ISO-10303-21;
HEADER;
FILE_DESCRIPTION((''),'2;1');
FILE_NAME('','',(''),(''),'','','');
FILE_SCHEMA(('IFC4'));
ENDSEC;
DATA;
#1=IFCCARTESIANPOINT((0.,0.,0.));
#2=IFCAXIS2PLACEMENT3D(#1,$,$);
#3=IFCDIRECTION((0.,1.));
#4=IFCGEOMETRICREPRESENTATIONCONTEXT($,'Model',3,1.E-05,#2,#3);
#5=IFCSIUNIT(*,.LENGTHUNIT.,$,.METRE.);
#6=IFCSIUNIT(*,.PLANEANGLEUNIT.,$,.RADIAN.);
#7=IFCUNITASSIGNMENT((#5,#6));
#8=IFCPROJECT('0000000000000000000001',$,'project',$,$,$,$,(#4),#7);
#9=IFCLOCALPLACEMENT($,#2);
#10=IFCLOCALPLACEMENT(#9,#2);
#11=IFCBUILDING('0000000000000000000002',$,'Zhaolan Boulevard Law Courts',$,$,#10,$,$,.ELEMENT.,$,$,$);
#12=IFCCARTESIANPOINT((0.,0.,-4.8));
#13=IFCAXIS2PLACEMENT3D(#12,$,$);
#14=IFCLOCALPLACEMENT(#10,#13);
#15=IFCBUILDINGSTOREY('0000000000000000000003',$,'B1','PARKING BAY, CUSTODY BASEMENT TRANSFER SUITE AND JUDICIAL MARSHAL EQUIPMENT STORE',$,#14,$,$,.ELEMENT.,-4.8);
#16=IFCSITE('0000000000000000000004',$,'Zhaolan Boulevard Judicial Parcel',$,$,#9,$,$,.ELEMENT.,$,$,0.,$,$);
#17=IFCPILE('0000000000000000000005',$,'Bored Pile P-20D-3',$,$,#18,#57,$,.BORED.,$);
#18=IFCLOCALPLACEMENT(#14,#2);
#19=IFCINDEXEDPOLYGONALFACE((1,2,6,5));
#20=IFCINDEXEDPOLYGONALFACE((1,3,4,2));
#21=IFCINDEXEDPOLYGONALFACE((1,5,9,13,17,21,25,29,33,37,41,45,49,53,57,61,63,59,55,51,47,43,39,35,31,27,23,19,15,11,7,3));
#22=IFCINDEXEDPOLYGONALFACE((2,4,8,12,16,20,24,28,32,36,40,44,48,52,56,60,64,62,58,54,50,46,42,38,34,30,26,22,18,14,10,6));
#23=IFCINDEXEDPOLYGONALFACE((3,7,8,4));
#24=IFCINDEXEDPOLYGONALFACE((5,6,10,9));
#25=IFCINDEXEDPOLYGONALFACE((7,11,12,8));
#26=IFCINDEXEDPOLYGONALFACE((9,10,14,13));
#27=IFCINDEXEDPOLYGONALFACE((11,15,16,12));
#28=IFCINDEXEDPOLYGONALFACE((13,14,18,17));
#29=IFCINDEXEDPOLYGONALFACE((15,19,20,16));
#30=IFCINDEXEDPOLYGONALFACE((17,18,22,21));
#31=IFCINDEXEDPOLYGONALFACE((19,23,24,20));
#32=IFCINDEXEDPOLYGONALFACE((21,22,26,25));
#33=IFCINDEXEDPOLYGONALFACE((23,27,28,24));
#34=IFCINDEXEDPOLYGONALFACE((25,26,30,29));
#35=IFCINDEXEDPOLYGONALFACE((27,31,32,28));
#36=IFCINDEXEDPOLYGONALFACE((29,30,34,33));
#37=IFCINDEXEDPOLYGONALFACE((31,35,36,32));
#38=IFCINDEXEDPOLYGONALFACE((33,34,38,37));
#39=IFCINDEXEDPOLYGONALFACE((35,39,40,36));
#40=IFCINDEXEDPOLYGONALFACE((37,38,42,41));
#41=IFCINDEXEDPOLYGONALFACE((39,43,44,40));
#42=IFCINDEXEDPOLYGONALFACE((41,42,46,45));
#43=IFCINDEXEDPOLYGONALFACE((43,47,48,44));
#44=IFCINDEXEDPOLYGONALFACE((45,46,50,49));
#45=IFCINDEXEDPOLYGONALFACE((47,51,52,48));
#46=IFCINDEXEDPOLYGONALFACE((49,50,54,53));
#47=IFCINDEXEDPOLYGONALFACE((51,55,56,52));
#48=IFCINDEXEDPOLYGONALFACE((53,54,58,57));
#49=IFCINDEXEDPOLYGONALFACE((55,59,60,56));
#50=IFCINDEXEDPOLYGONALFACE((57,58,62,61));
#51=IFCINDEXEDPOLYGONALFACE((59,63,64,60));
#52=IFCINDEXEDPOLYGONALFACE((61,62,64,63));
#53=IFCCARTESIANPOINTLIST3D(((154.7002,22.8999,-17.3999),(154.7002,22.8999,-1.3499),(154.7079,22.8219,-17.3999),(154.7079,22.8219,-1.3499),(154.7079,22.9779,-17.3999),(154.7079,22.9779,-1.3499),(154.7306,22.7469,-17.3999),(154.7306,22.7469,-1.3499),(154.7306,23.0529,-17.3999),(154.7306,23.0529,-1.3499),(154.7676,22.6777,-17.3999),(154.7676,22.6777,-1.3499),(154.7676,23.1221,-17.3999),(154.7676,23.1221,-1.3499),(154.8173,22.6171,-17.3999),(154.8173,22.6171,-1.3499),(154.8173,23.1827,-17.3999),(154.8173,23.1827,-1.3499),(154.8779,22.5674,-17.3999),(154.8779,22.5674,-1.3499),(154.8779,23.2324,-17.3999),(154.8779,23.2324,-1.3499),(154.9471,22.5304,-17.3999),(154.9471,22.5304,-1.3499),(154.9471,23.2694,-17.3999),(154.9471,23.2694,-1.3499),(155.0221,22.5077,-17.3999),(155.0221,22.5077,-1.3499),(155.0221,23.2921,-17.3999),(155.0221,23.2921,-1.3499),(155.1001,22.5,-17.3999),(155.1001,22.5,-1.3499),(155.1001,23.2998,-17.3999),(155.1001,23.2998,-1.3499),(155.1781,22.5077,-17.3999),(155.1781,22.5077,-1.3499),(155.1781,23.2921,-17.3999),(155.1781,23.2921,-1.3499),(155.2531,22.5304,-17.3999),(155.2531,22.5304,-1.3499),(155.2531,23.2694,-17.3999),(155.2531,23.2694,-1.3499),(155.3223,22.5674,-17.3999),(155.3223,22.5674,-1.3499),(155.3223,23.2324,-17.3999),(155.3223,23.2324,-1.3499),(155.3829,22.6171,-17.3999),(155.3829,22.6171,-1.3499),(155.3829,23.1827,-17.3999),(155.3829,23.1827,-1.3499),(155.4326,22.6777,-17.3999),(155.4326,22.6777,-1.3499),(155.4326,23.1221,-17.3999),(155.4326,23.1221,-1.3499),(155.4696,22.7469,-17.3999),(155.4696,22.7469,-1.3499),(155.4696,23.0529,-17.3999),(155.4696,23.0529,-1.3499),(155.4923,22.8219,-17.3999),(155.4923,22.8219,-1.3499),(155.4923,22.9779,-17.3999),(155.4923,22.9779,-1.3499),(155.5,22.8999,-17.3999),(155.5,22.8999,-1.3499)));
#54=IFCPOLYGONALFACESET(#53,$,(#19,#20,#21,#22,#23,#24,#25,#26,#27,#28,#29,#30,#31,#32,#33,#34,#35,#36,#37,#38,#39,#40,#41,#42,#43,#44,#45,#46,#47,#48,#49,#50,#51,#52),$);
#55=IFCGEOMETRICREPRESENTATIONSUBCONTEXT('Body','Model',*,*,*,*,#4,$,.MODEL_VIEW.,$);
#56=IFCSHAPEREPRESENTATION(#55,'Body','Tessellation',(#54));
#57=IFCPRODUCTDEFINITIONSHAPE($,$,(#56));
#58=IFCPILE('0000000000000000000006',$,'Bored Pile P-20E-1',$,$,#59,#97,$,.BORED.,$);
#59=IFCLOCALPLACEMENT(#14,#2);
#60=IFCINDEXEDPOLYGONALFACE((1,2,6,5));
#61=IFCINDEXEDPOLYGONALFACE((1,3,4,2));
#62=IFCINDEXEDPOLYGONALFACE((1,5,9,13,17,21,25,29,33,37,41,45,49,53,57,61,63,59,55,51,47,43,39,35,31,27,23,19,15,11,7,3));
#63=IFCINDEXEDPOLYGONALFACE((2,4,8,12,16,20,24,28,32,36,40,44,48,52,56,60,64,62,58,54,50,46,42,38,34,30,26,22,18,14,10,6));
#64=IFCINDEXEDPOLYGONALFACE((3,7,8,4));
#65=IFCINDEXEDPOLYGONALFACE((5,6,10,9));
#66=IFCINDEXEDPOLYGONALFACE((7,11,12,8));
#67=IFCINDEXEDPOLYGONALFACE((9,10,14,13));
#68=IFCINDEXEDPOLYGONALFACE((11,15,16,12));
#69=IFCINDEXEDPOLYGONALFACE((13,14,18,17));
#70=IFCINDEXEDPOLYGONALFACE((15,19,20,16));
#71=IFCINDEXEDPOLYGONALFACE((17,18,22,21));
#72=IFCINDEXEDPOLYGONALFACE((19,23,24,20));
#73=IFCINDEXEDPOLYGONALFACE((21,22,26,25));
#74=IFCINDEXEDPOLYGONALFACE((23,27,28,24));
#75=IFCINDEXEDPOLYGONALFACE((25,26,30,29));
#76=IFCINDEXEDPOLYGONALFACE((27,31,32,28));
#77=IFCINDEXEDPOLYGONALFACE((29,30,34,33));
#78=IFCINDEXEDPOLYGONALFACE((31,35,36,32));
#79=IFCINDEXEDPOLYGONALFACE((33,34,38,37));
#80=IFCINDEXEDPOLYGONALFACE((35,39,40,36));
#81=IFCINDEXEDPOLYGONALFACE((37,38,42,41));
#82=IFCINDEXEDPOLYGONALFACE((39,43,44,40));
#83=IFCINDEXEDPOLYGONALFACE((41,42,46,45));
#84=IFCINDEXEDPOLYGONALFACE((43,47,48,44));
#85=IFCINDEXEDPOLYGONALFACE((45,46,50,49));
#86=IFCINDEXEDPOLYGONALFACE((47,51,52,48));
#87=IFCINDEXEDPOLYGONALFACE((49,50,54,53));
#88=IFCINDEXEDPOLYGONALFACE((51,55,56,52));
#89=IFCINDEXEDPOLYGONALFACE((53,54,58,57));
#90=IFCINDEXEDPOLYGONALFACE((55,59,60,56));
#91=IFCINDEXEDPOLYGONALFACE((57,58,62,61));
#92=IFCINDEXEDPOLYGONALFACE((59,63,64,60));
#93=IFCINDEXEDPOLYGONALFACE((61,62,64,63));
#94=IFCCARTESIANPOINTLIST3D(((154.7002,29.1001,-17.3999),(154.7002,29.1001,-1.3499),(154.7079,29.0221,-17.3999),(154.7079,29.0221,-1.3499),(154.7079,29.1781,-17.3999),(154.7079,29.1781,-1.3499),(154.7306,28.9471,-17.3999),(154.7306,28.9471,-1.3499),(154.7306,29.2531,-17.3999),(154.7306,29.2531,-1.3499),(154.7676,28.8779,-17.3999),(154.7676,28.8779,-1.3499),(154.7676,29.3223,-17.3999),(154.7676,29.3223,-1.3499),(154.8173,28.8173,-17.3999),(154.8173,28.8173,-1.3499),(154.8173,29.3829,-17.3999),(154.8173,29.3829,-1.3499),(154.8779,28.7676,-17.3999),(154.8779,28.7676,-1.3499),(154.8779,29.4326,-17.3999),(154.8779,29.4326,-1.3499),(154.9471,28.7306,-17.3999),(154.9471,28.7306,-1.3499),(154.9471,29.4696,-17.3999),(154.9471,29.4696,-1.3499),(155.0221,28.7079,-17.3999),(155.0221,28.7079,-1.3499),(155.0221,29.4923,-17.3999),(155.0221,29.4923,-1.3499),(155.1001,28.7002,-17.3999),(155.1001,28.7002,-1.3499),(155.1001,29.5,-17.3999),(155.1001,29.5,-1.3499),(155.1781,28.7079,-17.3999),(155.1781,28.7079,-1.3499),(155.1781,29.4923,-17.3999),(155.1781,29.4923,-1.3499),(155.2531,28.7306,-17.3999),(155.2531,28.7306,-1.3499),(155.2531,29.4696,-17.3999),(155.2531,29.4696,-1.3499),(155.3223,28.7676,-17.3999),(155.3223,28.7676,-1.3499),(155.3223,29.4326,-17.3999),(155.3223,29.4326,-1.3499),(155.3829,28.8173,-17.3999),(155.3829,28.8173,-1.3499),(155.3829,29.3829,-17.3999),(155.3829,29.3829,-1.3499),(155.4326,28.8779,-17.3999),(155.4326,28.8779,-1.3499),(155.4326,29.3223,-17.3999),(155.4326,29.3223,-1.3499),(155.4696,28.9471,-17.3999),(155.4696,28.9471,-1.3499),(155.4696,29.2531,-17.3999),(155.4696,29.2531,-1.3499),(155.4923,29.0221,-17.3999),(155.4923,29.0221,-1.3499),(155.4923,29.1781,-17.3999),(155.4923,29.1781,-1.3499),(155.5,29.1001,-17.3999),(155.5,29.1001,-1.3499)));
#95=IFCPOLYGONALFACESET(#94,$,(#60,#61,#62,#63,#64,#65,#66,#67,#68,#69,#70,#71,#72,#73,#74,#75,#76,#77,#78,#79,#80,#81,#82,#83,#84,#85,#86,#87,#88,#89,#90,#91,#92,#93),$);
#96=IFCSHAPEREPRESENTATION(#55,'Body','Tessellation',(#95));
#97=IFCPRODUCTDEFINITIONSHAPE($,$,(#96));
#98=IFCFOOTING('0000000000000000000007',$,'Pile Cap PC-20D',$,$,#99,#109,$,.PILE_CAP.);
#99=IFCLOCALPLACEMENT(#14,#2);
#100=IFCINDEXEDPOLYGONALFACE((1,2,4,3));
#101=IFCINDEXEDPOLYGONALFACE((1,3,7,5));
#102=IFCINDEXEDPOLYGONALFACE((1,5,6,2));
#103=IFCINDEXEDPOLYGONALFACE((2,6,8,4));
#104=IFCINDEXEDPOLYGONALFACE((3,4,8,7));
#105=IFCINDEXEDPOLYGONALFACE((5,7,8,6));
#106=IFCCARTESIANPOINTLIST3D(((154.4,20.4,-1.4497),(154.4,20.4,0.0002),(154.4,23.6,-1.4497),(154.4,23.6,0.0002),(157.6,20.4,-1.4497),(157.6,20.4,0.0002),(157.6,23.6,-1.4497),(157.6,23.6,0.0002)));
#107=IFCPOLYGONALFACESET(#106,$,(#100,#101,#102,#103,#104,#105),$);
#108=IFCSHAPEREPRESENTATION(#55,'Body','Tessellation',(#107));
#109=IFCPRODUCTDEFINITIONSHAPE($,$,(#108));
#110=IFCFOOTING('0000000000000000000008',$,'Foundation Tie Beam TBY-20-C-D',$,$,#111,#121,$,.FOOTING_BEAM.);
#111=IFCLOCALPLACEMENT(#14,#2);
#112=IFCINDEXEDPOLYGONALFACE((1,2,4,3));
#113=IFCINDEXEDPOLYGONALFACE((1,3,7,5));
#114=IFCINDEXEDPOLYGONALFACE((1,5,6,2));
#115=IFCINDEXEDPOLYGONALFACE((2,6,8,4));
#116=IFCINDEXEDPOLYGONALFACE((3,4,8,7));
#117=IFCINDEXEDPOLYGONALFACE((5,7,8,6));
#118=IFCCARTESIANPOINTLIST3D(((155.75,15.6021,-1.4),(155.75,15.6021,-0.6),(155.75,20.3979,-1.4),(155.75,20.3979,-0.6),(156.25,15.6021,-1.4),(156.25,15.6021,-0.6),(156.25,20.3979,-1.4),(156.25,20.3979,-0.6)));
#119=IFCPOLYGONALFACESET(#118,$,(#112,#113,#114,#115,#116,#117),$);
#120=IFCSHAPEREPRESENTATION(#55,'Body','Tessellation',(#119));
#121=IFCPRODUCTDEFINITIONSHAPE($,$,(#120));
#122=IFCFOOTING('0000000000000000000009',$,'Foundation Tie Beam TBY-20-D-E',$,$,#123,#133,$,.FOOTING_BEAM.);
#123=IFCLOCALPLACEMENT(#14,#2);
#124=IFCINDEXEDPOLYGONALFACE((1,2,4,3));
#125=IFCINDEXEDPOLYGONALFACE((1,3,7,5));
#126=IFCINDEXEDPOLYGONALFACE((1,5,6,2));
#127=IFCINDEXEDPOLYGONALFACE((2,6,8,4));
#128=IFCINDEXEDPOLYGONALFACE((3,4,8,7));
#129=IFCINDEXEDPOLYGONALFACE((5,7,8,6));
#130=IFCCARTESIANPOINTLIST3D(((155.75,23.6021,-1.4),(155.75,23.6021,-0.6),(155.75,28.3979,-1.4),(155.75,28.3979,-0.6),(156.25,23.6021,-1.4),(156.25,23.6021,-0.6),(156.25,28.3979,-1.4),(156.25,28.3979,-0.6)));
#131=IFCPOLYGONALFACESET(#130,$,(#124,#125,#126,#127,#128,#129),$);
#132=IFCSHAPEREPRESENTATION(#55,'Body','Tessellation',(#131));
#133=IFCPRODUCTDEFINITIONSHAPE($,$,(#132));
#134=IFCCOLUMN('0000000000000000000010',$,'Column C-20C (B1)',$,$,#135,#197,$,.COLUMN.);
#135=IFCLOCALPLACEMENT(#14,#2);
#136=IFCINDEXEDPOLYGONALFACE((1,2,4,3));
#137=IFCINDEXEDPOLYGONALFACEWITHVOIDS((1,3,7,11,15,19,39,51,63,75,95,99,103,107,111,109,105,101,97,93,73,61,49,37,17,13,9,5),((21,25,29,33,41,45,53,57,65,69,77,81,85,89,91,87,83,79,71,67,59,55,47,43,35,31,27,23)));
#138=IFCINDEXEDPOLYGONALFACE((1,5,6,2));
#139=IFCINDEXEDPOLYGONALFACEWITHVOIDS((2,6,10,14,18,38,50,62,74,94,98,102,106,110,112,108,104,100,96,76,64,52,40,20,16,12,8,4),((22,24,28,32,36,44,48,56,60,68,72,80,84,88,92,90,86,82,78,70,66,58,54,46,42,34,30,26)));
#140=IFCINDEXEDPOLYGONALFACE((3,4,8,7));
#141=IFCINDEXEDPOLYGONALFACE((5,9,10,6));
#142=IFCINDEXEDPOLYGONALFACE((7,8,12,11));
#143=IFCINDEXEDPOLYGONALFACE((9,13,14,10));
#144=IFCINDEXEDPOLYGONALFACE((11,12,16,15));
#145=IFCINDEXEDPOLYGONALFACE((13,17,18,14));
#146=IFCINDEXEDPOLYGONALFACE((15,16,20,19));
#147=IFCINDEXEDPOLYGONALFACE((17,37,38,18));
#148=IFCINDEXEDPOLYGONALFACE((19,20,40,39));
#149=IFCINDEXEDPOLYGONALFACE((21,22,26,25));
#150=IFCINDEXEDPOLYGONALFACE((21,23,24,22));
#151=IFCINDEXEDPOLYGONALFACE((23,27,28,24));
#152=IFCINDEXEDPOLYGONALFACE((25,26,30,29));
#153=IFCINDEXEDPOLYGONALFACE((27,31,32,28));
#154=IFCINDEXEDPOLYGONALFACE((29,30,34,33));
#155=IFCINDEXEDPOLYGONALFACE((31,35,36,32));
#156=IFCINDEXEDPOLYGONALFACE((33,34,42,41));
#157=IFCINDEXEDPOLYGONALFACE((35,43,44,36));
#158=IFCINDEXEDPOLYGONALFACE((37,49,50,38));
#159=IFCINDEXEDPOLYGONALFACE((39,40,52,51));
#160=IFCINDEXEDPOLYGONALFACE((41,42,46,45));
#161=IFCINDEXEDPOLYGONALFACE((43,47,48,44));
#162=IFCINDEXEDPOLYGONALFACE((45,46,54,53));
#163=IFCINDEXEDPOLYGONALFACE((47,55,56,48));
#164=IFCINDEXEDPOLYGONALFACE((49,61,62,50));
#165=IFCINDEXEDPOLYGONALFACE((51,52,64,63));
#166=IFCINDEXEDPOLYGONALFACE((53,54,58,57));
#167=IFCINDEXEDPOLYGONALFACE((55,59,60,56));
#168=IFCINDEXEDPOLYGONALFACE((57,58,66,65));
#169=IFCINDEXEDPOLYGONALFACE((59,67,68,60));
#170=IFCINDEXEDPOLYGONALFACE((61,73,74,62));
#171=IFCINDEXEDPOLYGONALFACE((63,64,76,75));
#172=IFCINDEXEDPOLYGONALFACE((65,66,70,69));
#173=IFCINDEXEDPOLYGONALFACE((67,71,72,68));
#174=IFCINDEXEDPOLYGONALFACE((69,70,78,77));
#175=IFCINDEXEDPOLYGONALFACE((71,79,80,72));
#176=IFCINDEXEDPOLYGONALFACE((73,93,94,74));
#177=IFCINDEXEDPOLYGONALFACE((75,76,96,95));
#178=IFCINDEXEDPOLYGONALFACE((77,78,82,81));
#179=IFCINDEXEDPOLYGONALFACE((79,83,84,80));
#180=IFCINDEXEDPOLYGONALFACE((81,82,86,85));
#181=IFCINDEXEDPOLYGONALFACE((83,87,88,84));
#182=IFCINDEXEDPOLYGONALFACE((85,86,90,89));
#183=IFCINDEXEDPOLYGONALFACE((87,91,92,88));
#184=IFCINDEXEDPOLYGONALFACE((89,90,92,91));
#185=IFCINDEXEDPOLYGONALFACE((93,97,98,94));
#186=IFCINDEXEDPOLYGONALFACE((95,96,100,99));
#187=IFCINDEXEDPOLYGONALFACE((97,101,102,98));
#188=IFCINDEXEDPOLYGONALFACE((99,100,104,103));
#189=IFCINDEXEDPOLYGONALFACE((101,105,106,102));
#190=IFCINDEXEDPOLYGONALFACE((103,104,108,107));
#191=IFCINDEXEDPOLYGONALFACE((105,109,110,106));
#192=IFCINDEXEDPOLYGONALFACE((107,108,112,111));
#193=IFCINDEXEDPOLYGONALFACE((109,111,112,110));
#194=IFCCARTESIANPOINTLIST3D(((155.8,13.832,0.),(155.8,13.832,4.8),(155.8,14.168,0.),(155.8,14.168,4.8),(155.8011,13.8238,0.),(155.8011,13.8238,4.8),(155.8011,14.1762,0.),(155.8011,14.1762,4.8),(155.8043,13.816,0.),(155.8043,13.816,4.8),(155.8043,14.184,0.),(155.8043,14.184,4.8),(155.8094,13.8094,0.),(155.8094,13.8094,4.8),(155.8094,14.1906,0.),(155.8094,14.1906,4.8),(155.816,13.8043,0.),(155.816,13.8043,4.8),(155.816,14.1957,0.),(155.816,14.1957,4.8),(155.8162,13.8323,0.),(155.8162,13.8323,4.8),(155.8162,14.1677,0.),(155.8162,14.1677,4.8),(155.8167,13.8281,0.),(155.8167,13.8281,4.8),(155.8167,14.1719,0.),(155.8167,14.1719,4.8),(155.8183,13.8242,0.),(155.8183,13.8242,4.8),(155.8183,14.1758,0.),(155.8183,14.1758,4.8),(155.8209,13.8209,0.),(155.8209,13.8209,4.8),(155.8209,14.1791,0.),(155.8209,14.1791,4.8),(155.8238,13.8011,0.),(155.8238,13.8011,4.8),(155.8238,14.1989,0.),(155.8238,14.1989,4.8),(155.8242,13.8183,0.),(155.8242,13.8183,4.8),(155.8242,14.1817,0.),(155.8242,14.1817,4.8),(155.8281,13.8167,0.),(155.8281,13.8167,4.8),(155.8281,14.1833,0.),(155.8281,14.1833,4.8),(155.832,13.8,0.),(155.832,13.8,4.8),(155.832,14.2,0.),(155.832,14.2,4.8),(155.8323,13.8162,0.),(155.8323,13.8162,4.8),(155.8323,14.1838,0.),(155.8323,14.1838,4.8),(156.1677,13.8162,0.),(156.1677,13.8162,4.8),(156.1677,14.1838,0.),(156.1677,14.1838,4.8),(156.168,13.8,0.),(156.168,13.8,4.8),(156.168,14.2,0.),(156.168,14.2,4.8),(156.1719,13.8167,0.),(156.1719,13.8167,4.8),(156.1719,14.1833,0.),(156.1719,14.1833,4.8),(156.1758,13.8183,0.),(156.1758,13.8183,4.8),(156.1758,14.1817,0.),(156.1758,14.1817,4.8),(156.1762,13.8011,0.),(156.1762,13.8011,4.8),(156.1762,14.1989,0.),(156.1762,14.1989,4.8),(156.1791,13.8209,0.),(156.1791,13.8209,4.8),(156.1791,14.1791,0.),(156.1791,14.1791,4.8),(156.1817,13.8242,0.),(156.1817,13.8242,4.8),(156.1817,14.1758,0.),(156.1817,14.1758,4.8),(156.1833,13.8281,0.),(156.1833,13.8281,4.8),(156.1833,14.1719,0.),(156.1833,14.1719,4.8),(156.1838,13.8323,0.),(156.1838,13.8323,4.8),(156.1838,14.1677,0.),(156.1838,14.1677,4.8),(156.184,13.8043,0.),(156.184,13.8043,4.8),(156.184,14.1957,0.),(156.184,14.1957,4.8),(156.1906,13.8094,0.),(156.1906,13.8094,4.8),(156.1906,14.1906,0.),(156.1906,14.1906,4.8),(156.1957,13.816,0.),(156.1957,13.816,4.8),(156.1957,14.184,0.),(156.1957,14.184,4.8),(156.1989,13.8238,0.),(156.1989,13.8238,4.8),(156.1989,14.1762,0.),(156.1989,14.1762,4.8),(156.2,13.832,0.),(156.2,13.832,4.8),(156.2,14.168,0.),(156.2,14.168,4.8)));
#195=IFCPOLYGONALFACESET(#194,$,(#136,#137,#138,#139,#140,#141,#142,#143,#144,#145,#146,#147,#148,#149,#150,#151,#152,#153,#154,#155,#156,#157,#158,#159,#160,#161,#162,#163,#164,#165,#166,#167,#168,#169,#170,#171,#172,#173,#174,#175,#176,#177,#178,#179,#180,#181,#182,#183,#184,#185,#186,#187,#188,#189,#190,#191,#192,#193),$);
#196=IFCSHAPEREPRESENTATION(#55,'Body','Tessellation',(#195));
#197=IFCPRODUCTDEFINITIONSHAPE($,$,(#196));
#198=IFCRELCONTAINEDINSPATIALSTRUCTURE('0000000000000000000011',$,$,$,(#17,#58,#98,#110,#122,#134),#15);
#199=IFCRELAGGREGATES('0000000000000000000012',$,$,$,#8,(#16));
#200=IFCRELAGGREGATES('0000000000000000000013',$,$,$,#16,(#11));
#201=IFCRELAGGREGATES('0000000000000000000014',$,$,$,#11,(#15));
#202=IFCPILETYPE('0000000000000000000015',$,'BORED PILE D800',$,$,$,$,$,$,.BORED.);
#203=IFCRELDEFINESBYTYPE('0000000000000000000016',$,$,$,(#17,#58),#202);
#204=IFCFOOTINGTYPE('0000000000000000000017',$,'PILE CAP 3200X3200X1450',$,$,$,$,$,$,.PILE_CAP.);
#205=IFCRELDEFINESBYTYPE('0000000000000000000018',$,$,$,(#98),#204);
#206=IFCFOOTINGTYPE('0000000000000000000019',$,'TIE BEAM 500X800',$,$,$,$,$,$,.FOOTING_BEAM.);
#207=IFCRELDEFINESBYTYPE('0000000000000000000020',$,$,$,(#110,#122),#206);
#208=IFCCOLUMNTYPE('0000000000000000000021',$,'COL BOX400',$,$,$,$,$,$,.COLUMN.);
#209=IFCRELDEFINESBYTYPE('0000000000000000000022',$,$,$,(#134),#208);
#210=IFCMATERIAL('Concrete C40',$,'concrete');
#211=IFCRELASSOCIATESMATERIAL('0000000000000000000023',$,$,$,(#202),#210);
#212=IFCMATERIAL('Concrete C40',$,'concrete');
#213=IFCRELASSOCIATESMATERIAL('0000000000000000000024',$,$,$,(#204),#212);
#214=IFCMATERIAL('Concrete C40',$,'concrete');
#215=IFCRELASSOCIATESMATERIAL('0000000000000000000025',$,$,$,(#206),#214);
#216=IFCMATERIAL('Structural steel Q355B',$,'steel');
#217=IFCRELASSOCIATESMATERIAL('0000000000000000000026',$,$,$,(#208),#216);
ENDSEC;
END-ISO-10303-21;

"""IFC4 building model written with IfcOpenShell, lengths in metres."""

from ifc_helpers import new_model, si_unit, direction, frame, origin, origin_2d, place, context, subcontext, project, spatial, rectangle, hollow_rectangle, circle, extrude, material, material_profile, profile_set, type_object, element, save


model = new_model("IFC4")

# Units and contexts
model_context = context("Model", 3, precision=1e-05, world=origin(), true_north=direction((0.0, 1.0)))
body_context = subcontext(model_context, "Body", "Model", "MODEL_VIEW")
ifc_project = project(units=[si_unit("LENGTHUNIT", "METRE"), si_unit("PLANEANGLEUNIT", "RADIAN")], contexts=[model_context])

# Site, building, storey
site_placement = place(None, origin())
site = spatial("IfcSite", under=ifc_project, at=site_placement, Name="Zhaolan Boulevard Judicial Parcel", CompositionType="ELEMENT", RefElevation=0.0)
building_placement = place(site_placement, origin())
building = spatial("IfcBuilding", under=site, at=building_placement, Name="Zhaolan Boulevard Law Courts", CompositionType="ELEMENT")
storey_placement = place(building_placement, frame((0.0, 0.0, -4.8)))
storey = spatial("IfcBuildingStorey", under=building, at=storey_placement, Name="B1", Description="PARKING BAY, CUSTODY BASEMENT TRANSFER SUITE AND JUDICIAL MARSHAL EQUIPMENT STORE", CompositionType="ELEMENT", Elevation=-4.8)

# Piles
ifc_material_1 = material(Name="Concrete C40", Category="concrete")
ifc_material_profile_1 = material_profile(ifc_material_1, circle(Radius=0.3999, at=origin_2d()), Name="PILE-D800")
ifc_profile_set_1 = profile_set([ifc_material_profile_1], Name="Concrete C40")
pile_type = type_object("IfcPileType", Name="BORED PILE D800", PredefinedType="BORED", material=ifc_profile_set_1)
for number, where, z_axis, x_axis, name in (
    (1, (155.1001, 22.8999, -1.3499), (0.0, 0.0, -1.0), (1.0, 0.0, 0.0), "Bored Pile P-20D-3"),
    (2, (155.1001, 29.1001, -1.3499), (0.0, 0.0, -1.0), (1.0, 0.0, 0.0), "Bored Pile P-20E-1"),
):
    element("IfcPile", number, at=place(storey_placement, frame(where, z_axis=z_axis, x_axis=x_axis)), inside=storey, type_object=pile_type, Name=name, PredefinedType="BORED", context=body_context, shape_type="SweptSolid", body=[
        extrude(circle(Radius=0.3999, at=origin_2d()), origin(), (0.0, 0.0, 1.0), 16.05),
    ])

# Footings
ifc_material_2 = material(Name="Concrete C40", Category="concrete")
footing_type_1 = type_object("IfcFootingType", Name="PILE CAP 3200X3200X1450", PredefinedType="PILE_CAP", material=ifc_material_2)
footing_placement = place(storey_placement, frame((156.0, 22.0, -1.4497), z_axis=(0.0, 0.0, 1.0), x_axis=(1.0, 0.0, 0.0)))
element("IfcFooting", 3, at=footing_placement, inside=storey, type_object=footing_type_1, Name="Pile Cap PC-20D", PredefinedType="PILE_CAP", context=body_context, shape_type="SweptSolid", body=[
    extrude(rectangle(XDim=3.2, YDim=3.2, at=origin_2d()), origin(), (0.0, 0.0, 1.0), 1.45),
])
ifc_material_3 = material(Name="Concrete C40", Category="concrete")
ifc_material_profile_2 = material_profile(ifc_material_3, rectangle(XDim=0.5, YDim=0.8, at=origin_2d()), Name="RC500x800")
ifc_profile_set_2 = profile_set([ifc_material_profile_2], Name="Concrete C40")
footing_type_2 = type_object("IfcFootingType", Name="TIE BEAM 500X800", PredefinedType="FOOTING_BEAM", material=ifc_profile_set_2)
for number, where, z_axis, x_axis, name in (
    (4, (156.0, 15.6021, -1.0), (0.0, 1.0, 0.0), (-1.0, 0.0, 0.0), "Foundation Tie Beam TBY-20-C-D"),
    (5, (156.0, 23.6021, -1.0), (0.0, 1.0, 0.0), (-1.0, 0.0, 0.0), "Foundation Tie Beam TBY-20-D-E"),
):
    element("IfcFooting", number, at=place(storey_placement, frame(where, z_axis=z_axis, x_axis=x_axis)), inside=storey, type_object=footing_type_2, Name=name, PredefinedType="FOOTING_BEAM", context=body_context, shape_type="SweptSolid", body=[
        extrude(rectangle(XDim=0.5, YDim=0.8, at=origin_2d()), origin(), (0.0, 0.0, 1.0), 4.7959),
    ])

# Column
ifc_material_4 = material(Name="Structural steel Q355B", Category="steel")
ifc_material_profile_3 = material_profile(ifc_material_4, hollow_rectangle(XDim=0.3999, YDim=0.3999, WallThickness=0.0161, InnerFilletRadius=0.0161, OuterFilletRadius=0.032, at=origin_2d()), Name="BOX400x400x16")
ifc_profile_set_3 = profile_set([ifc_material_profile_3], Name="Structural steel Q355B")
column_type = type_object("IfcColumnType", Name="COL BOX400", PredefinedType="COLUMN", material=ifc_profile_set_3)
for number, where, z_axis, x_axis, name in (
    (6, (156.0, 14.0, 0.0), (0.0, 0.0, 1.0), (1.0, 0.0, 0.0), "Column C-20C (B1)"),
):
    element("IfcColumn", number, at=place(storey_placement, frame(where, z_axis=z_axis, x_axis=x_axis)), inside=storey, type_object=column_type, Name=name, PredefinedType="COLUMN", context=body_context, shape_type="SweptSolid", body=[
        extrude(hollow_rectangle(XDim=0.3999, YDim=0.3999, WallThickness=0.0161, InnerFilletRadius=0.0161, OuterFilletRadius=0.032, at=origin_2d()), origin(), (0.0, 0.0, 1.0), 4.8),
    ])

save(model, "model.ifc")
